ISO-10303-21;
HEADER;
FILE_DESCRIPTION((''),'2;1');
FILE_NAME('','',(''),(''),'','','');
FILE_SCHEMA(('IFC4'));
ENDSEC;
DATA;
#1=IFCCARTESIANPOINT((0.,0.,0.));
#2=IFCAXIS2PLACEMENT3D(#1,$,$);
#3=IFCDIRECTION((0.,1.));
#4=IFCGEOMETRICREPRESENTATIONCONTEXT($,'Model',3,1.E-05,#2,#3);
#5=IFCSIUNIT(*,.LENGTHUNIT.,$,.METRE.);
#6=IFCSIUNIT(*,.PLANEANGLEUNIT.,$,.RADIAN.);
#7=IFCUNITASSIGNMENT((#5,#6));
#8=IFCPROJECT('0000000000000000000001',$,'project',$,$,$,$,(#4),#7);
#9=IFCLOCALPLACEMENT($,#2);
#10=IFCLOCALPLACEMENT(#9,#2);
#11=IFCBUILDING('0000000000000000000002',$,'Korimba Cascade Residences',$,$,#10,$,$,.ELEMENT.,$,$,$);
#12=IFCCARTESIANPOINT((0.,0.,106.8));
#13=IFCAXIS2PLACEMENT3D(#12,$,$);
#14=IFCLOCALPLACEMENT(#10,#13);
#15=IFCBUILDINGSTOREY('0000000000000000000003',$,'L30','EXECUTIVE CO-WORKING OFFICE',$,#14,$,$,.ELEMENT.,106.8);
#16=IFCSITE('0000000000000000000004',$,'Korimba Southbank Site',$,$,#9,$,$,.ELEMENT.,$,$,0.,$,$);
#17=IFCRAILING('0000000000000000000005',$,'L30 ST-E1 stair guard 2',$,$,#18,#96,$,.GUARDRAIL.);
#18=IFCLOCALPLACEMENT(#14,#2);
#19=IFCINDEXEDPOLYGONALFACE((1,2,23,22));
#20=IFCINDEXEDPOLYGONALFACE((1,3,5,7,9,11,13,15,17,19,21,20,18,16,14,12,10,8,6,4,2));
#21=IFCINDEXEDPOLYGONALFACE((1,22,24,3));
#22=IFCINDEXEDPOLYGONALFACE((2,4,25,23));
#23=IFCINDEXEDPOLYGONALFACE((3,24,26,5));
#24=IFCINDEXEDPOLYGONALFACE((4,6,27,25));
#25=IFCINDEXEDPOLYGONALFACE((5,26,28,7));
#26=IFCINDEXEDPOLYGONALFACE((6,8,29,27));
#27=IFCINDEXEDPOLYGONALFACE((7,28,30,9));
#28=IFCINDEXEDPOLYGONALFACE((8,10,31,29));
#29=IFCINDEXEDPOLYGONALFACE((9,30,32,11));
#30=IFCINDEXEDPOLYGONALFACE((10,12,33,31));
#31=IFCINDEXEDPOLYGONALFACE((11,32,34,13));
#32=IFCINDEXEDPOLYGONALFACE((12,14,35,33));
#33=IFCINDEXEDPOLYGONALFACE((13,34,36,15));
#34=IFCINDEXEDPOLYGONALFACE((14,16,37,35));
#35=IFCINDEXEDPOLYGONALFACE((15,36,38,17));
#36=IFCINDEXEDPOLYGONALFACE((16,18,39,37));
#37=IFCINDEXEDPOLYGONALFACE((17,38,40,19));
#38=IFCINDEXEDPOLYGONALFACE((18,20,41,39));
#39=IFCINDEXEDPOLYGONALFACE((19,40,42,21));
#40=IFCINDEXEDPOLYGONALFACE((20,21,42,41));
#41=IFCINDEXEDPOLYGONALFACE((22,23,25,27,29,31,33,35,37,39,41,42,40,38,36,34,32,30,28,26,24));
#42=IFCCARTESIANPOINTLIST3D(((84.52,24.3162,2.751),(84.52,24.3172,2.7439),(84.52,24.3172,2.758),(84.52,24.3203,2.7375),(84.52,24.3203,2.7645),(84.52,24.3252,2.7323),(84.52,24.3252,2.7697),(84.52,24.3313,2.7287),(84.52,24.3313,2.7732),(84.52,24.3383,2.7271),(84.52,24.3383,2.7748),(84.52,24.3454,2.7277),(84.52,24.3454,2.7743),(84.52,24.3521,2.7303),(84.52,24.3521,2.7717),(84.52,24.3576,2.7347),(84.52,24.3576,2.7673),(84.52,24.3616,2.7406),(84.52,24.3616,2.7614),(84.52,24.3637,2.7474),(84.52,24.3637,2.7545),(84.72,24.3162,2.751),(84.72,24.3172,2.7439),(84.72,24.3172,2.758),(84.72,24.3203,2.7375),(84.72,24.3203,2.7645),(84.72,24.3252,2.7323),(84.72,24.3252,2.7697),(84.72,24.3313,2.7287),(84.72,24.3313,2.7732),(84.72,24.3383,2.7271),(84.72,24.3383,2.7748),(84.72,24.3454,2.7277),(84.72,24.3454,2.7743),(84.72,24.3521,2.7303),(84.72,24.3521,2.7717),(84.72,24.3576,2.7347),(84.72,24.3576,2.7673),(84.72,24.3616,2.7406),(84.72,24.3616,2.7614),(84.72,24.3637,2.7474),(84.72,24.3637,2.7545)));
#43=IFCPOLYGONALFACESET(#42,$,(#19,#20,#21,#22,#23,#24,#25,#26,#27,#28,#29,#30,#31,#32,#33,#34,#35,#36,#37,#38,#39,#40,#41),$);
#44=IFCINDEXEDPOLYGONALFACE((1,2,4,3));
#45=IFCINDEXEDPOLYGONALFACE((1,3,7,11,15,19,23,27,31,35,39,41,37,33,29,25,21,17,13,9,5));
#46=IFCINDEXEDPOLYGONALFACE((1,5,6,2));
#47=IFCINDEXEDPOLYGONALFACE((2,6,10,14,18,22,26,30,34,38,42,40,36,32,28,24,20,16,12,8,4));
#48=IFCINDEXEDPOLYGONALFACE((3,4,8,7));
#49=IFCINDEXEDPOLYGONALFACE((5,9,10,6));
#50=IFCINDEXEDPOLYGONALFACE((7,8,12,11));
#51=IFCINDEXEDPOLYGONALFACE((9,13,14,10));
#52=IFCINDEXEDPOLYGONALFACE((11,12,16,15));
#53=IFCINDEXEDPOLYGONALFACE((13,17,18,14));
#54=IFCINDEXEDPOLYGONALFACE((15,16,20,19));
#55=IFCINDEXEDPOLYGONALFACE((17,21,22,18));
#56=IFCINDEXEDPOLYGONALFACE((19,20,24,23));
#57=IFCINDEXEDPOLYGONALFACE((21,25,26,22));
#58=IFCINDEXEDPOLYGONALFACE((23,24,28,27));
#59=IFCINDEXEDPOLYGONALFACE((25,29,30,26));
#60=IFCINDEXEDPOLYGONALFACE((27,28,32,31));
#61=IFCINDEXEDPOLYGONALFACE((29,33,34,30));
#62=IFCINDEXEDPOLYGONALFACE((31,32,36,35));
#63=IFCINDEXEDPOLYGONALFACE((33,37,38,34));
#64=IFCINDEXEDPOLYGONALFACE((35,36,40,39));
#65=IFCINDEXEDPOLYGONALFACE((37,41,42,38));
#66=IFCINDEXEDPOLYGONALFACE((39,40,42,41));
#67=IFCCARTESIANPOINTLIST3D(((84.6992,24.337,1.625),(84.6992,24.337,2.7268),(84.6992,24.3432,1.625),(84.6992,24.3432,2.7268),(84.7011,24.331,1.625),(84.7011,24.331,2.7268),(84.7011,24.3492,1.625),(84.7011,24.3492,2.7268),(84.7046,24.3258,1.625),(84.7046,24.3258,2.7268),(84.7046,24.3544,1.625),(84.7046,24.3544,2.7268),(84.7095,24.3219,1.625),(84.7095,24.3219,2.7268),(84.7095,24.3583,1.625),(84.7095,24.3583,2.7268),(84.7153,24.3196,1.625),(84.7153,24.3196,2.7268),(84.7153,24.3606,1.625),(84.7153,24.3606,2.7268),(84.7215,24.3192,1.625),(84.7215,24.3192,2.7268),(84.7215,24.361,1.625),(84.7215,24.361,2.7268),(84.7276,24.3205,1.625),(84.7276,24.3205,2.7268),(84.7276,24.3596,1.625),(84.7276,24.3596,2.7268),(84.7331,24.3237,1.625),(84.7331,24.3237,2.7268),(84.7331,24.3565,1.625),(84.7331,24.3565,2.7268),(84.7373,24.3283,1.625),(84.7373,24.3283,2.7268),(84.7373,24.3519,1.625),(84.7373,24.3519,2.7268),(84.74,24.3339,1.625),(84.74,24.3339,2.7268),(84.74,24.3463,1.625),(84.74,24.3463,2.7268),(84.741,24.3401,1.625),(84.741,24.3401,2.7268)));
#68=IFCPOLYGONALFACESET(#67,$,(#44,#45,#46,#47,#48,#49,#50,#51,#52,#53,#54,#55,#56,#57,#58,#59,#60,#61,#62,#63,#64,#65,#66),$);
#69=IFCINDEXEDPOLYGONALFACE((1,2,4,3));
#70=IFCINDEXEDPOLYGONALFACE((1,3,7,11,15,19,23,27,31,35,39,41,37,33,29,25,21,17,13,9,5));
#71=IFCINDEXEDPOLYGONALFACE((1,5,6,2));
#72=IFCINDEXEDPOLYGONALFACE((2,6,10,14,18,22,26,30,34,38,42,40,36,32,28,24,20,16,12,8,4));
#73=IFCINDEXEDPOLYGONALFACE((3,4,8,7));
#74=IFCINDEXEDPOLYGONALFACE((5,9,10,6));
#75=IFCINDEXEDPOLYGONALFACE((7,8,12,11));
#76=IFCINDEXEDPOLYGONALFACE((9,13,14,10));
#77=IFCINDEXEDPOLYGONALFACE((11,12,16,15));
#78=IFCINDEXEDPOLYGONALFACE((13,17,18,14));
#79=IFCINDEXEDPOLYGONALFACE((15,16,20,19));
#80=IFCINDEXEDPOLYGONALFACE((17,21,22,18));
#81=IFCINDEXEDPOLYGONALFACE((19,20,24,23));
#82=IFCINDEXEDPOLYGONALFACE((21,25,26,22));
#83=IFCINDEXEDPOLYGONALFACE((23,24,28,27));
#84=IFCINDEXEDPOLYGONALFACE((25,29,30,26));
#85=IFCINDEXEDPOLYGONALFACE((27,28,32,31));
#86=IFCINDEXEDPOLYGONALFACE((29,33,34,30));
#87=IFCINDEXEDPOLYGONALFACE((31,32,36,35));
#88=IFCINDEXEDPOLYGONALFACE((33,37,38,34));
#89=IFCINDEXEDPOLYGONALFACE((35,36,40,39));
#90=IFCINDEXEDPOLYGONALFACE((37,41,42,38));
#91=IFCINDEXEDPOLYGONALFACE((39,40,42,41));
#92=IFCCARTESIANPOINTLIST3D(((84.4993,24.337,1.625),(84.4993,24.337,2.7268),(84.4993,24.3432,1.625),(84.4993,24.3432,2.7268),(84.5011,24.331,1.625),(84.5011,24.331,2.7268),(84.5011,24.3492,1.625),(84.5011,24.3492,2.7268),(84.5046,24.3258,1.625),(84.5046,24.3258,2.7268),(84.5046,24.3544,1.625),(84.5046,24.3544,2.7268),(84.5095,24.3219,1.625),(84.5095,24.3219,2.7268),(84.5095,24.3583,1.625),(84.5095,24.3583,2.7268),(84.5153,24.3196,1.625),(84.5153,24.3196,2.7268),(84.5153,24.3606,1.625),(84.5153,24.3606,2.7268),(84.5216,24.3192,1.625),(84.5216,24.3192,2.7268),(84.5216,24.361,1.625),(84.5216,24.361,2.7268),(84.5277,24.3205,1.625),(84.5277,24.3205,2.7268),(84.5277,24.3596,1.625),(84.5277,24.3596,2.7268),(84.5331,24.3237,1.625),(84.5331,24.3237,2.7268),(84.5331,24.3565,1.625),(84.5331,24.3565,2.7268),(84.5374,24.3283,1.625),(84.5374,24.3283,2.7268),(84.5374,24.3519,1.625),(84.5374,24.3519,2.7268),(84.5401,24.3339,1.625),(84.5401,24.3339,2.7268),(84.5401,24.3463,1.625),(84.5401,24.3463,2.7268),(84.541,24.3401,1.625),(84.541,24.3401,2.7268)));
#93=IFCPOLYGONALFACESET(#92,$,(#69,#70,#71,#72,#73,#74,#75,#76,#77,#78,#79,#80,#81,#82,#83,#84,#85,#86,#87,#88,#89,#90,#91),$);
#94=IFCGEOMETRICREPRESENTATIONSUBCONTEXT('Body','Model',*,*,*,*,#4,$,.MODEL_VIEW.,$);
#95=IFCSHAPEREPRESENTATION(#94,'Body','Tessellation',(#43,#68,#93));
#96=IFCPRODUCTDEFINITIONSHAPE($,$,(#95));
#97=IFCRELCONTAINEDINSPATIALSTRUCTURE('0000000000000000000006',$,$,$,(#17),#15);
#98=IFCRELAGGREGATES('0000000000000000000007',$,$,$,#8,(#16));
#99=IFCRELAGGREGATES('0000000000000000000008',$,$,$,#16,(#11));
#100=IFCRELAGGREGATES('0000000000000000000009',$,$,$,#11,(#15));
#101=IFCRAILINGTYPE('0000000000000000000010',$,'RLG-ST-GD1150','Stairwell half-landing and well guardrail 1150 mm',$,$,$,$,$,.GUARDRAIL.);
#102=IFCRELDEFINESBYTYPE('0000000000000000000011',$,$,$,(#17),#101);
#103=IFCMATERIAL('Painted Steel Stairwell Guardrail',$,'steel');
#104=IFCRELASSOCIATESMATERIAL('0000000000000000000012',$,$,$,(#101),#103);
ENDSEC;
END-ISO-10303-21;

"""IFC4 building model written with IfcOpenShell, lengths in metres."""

from ifc_helpers import new_model, si_unit, direction, frame, origin, origin_2d, place, context, subcontext, project, spatial, circle, extrude, material, type_object, element, save


model = new_model("IFC4")

# Units and contexts
model_context = context("Model", 3, precision=1e-05, world=origin(), true_north=direction((0.0, 1.0)))
body_context = subcontext(model_context, "Body", "Model", "MODEL_VIEW")
ifc_project = project(units=[si_unit("LENGTHUNIT", "METRE"), si_unit("PLANEANGLEUNIT", "RADIAN")], contexts=[model_context])

# Site, building, storey
site_placement = place(None, origin())
site = spatial("IfcSite", under=ifc_project, at=site_placement, Name="Korimba Southbank Site", CompositionType="ELEMENT", RefElevation=0.0)
building_placement = place(site_placement, origin())
building = spatial("IfcBuilding", under=site, at=building_placement, Name="Korimba Cascade Residences", CompositionType="ELEMENT")
storey_placement = place(building_placement, frame((0.0, 0.0, 106.8)))
storey = spatial("IfcBuildingStorey", under=building, at=storey_placement, Name="L30", Description="EXECUTIVE CO-WORKING OFFICE", CompositionType="ELEMENT", Elevation=106.8)

# Railing
ifc_material_1 = material(Name="Painted Steel Stairwell Guardrail", Category="steel")
railing_type_1 = type_object("IfcRailingType", Name="RLG-ST-GD1150", Description="Stairwell half-landing and well guardrail 1150 mm", PredefinedType="GUARDRAIL", material=ifc_material_1)
railing_1_placement = place(storey_placement, frame((84.72, 24.3401, 1.625)))
element("IfcRailing", 1, at=railing_1_placement, inside=storey, type_object=railing_type_1, Name="L30 ST-E1 stair guard 2", PredefinedType="GUARDRAIL", context=body_context, shape_type="SweptSolid", body=[
    extrude(circle(Radius=0.0239, at=origin_2d()), frame((0.0, 0.0, 1.126), z_axis=(-1.0, 0.0, 0.0), x_axis=(0.0, -1.0, 0.0)), (0.0, 0.0, 1.0), 0.2),
    extrude(circle(Radius=0.021, at=origin_2d()), origin(), (0.0, 0.0, 1.0), 1.1018),
    extrude(circle(Radius=0.021, at=origin_2d()), frame((-0.2, 0.0, 0.0)), (0.0, 0.0, 1.0), 1.1018),
])

save(model, "model.ifc")
